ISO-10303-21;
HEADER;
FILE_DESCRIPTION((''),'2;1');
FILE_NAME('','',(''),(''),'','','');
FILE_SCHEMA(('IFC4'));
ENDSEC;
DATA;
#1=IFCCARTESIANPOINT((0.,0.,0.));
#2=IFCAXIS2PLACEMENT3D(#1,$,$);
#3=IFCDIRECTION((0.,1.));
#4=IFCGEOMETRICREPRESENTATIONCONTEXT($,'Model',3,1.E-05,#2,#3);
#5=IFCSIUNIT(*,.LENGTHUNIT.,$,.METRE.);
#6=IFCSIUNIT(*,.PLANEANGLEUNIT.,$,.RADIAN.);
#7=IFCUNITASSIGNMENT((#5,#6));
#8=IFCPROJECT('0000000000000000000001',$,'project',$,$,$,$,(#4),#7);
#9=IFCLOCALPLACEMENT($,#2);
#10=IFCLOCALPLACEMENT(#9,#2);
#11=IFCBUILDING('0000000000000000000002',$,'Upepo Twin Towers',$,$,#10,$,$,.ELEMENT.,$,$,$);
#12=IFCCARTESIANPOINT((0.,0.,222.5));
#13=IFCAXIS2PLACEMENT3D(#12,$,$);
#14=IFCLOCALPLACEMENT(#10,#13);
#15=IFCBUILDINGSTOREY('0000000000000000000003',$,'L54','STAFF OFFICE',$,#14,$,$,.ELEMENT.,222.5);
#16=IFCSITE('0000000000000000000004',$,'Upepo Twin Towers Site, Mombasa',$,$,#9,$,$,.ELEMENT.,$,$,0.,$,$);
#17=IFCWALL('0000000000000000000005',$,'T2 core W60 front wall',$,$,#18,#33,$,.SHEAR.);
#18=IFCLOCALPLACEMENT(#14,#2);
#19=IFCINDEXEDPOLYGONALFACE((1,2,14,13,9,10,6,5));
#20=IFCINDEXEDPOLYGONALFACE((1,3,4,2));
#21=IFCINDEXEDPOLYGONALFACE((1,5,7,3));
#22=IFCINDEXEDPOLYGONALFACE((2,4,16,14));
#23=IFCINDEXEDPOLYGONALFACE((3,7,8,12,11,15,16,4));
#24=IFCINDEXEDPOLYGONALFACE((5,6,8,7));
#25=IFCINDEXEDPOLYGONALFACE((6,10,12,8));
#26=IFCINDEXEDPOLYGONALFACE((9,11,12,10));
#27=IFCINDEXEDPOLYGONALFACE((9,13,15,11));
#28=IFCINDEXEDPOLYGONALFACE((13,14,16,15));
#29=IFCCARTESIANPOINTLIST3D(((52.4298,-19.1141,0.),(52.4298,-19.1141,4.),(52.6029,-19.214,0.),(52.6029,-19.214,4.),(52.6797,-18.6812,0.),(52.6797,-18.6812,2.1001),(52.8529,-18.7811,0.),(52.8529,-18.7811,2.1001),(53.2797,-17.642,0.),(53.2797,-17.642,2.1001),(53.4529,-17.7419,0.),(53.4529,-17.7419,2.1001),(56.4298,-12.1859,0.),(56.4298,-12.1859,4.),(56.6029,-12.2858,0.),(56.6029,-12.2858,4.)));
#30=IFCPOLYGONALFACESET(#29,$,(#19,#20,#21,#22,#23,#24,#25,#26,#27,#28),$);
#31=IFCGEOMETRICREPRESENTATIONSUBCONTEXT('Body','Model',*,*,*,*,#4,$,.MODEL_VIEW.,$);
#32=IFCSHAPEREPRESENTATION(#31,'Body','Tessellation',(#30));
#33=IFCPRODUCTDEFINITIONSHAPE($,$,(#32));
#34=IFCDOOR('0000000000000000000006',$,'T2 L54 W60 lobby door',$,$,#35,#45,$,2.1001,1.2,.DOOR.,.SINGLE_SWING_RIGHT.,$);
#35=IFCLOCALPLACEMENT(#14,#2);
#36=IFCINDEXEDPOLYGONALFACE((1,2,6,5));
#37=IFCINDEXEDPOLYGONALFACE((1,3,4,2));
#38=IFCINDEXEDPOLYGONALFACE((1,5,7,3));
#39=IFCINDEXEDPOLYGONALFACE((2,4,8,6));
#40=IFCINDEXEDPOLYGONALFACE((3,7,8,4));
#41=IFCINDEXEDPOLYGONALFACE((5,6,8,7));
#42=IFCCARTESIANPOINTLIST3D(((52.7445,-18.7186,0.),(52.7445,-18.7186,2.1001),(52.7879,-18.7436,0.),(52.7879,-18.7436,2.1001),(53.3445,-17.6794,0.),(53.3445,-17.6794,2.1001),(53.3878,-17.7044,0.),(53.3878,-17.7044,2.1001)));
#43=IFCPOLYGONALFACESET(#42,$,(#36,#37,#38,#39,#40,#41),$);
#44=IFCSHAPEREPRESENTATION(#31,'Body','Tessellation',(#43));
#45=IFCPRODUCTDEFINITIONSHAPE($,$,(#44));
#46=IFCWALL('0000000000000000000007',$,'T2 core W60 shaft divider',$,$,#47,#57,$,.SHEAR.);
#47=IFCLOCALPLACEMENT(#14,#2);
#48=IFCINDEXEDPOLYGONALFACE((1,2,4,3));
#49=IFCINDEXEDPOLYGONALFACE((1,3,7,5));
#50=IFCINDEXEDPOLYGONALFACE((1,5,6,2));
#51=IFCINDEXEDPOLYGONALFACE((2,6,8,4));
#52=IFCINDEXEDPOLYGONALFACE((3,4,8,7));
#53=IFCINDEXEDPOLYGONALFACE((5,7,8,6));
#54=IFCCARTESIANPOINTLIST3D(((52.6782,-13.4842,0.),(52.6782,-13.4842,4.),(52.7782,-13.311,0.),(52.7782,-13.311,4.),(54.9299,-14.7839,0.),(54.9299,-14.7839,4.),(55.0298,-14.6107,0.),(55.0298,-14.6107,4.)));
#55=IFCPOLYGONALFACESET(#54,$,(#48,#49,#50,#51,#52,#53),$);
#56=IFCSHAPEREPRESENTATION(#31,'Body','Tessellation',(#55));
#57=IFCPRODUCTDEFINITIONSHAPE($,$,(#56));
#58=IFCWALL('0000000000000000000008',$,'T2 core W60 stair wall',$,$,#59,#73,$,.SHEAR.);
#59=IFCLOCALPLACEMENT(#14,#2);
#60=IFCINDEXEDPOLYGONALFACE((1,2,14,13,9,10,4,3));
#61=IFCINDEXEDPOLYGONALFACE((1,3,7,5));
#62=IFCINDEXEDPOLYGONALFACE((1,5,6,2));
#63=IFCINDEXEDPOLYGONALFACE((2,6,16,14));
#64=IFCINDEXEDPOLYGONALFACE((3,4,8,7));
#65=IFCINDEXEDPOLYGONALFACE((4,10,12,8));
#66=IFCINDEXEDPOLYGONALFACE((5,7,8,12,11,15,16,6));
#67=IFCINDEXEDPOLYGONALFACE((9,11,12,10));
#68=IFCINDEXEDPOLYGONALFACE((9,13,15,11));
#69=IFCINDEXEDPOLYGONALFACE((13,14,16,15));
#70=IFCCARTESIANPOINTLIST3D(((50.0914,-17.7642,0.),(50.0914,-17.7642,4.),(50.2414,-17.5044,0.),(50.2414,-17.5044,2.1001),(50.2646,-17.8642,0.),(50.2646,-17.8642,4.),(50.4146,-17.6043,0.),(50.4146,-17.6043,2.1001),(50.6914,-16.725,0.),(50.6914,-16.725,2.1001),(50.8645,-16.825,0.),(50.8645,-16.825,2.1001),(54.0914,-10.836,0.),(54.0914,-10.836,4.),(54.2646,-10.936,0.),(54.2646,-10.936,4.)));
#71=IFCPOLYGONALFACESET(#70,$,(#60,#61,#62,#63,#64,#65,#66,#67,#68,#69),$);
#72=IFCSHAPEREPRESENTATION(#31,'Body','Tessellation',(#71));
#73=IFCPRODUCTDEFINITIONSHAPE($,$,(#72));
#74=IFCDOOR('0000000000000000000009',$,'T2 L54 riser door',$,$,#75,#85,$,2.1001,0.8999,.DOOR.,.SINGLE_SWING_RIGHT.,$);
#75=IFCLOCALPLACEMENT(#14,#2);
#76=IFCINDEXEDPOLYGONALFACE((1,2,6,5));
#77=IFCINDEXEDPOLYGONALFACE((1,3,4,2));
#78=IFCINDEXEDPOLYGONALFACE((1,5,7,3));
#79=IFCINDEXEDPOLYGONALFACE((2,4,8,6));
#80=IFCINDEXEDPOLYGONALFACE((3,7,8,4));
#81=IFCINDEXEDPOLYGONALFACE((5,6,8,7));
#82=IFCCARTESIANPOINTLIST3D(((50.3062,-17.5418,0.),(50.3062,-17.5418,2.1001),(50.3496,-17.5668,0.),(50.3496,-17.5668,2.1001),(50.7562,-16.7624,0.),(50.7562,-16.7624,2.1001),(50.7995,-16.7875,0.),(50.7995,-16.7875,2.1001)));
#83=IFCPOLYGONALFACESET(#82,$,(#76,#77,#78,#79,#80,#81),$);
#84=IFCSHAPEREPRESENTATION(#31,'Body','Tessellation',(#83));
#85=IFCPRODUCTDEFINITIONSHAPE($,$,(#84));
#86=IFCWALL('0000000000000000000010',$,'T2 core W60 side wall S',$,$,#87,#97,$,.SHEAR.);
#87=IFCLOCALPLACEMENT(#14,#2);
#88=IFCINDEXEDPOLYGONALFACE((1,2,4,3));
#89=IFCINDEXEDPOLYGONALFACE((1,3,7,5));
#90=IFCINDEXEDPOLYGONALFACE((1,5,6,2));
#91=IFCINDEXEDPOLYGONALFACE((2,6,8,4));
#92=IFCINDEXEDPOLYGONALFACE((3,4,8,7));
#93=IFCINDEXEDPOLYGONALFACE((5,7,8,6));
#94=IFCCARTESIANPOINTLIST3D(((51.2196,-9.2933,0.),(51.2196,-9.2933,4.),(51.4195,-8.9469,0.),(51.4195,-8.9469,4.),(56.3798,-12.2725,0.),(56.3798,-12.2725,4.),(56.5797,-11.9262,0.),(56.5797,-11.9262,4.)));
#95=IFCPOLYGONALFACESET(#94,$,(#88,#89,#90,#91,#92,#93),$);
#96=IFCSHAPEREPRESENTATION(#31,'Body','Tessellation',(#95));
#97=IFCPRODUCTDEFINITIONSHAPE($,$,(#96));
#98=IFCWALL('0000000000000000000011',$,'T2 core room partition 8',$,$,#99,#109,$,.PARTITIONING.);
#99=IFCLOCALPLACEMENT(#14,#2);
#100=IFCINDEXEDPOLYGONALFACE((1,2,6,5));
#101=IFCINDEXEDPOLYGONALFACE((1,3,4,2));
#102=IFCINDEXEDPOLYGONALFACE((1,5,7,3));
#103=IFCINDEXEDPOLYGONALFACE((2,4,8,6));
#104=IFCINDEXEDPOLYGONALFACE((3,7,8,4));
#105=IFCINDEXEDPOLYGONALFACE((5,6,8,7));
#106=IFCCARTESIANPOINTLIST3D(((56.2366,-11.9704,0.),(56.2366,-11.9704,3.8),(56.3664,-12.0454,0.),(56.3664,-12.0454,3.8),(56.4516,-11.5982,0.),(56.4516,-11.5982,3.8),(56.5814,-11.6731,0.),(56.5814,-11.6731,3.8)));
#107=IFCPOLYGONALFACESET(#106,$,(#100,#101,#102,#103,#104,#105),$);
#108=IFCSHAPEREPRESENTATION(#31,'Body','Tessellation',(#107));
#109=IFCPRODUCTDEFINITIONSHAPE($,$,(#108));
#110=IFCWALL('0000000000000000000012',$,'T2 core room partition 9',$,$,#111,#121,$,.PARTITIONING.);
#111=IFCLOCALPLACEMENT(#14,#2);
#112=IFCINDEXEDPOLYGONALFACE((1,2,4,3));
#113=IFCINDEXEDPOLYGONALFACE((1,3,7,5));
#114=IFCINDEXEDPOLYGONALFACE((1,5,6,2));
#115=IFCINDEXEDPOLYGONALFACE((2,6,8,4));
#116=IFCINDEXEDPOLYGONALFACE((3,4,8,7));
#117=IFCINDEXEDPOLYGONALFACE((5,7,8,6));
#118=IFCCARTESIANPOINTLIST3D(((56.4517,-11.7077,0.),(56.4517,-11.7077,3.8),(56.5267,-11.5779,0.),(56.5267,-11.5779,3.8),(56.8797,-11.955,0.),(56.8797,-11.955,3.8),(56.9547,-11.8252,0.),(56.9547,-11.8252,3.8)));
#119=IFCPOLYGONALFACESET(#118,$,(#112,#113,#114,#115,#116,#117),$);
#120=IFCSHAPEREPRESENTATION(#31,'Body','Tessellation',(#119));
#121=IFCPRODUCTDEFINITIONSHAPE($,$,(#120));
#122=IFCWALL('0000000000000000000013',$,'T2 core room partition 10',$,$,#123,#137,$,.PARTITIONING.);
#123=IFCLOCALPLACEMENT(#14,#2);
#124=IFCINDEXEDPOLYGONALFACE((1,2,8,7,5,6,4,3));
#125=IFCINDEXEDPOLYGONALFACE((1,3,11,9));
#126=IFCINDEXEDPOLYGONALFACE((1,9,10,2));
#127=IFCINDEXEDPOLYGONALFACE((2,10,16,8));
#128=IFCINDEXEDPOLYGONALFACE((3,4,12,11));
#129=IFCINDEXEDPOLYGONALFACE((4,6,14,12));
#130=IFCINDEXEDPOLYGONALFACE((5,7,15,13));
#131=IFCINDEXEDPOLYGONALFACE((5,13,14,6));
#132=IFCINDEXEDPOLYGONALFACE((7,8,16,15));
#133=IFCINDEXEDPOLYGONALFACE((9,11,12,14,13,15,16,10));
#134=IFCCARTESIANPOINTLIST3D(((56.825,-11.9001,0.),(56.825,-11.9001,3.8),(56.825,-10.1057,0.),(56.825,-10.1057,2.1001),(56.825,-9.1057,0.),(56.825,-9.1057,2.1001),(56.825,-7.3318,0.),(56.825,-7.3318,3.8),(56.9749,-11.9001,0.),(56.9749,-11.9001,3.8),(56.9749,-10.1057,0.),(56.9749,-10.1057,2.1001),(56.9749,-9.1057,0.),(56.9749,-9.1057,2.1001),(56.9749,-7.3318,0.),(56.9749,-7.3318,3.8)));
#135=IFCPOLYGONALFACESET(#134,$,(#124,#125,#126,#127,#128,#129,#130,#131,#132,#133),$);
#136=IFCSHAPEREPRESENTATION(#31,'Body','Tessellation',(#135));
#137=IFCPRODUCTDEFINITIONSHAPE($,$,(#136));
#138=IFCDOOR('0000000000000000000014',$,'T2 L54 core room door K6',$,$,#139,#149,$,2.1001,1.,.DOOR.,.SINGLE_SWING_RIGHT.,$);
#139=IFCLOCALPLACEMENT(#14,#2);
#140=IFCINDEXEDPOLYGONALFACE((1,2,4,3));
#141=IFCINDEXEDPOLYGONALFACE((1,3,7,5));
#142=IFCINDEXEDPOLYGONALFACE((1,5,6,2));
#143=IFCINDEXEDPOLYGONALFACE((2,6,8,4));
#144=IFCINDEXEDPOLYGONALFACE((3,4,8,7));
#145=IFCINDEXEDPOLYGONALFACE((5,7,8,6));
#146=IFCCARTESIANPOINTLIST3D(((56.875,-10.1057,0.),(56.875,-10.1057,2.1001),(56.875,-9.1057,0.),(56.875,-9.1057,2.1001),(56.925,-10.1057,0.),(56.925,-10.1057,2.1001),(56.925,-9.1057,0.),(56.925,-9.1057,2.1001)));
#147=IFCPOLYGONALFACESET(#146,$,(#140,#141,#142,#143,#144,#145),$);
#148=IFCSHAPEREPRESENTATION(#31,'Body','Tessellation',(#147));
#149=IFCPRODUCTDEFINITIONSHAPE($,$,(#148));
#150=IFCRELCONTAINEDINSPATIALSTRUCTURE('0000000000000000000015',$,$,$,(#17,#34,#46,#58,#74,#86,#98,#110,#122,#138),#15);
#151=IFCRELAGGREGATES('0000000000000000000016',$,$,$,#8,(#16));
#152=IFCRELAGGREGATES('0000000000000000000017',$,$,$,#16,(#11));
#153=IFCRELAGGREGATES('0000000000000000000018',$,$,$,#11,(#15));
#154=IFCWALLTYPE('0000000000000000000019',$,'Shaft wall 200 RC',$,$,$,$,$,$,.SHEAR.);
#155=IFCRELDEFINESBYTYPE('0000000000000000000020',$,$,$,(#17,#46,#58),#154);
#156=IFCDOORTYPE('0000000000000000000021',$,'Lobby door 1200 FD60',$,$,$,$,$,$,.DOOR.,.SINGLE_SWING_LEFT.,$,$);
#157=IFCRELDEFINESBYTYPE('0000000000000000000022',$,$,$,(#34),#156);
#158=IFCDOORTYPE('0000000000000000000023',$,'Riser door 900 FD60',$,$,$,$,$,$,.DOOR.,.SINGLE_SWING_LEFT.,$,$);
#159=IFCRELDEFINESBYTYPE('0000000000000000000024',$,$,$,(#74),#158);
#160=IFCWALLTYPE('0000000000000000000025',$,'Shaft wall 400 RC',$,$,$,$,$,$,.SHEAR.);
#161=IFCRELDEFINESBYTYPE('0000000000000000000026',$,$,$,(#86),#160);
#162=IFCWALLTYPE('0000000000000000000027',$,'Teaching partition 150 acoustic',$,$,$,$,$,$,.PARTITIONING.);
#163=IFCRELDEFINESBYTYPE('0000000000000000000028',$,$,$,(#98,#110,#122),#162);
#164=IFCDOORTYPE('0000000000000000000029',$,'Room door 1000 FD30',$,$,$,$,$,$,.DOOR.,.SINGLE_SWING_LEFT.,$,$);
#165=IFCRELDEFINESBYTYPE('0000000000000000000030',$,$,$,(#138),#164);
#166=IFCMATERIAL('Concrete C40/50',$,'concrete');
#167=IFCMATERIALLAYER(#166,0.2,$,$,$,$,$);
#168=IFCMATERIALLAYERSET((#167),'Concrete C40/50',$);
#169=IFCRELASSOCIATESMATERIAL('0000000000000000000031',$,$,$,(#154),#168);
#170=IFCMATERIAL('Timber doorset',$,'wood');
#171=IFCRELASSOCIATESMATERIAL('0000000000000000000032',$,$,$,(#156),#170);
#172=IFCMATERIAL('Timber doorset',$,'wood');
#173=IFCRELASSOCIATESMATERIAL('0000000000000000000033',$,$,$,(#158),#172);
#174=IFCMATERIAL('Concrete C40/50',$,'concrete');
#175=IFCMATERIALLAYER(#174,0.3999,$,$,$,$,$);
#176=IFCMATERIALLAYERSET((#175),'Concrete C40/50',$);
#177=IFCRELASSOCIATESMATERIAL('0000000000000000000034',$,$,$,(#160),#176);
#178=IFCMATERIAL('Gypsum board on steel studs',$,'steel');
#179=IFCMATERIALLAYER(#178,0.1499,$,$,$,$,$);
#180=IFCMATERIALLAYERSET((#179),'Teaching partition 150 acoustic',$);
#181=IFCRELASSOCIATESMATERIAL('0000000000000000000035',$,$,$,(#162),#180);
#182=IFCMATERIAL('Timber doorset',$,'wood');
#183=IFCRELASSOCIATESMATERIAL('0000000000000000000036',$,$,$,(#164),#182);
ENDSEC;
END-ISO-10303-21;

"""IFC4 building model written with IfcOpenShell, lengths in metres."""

from ifc_helpers import new_model, si_unit, direction, frame, frame_2d, origin, place, context, subcontext, project, spatial, rectangle, extrude, material, layer, layer_set, type_object, element, fill, save


model = new_model("IFC4")

# Units and contexts
model_context = context("Model", 3, precision=1e-05, world=origin(), true_north=direction((0.0, 1.0)))
body_context = subcontext(model_context, "Body", "Model", "MODEL_VIEW")
ifc_project = project(units=[si_unit("LENGTHUNIT", "METRE"), si_unit("PLANEANGLEUNIT", "RADIAN")], contexts=[model_context])

# Site, building, storey
site_placement = place(None, origin())
site = spatial("IfcSite", under=ifc_project, at=site_placement, Name="Upepo Twin Towers Site, Mombasa", CompositionType="ELEMENT", RefElevation=0.0)
building_placement = place(site_placement, origin())
building = spatial("IfcBuilding", under=site, at=building_placement, Name="Upepo Twin Towers", CompositionType="ELEMENT")
storey_placement = place(building_placement, frame((0.0, 0.0, 222.5)))
storey = spatial("IfcBuildingStorey", under=building, at=storey_placement, Name="L54", Description="STAFF OFFICE", CompositionType="ELEMENT", Elevation=222.5)

# Wall, opening, door
ifc_material_1 = material(Name="Concrete C40/50", Category="concrete")
ifc_layer_1 = layer(ifc_material_1, 0.2)
ifc_layer_set_1 = layer_set([ifc_layer_1], Name="Concrete C40/50")
wall_type_1 = type_object("IfcWallType", Name="Shaft wall 200 RC", PredefinedType="SHEAR", material=ifc_layer_set_1)
wall_1_placement = place(storey_placement, frame((56.5164, -12.2358, 0.0), z_axis=(0.0, 0.0, 1.0), x_axis=(-0.499999, -0.866026, 0.0)))
wall_1 = element("IfcWall", 1, at=wall_1_placement, inside=storey, type_object=wall_type_1, Name="T2 core W60 front wall", PredefinedType="SHEAR", context=body_context, shape_type="SweptSolid", body=[
    extrude(rectangle(XDim=8.0, YDim=0.2, at=frame_2d((4.0, 0.0))), origin(), (0.0, 0.0, 1.0), 4.0),
])
opening_1_placement = place(wall_1_placement, frame((6.3, 0.0, 0.0)))
opening_1 = element("IfcOpeningElement", 2, at=opening_1_placement, cuts=wall_1, PredefinedType="OPENING", context=body_context, shape_type="SweptSolid", body=[
    extrude(rectangle(XDim=1.2, YDim=2.1001, at=frame_2d((0.6001, 1.05))), frame((0.0, 0.1099, 0.0), z_axis=(0.0, -1.0, 0.0), x_axis=(1.0, 0.0, 0.0)), (0.0, 0.0, 1.0), 0.22),
])
ifc_material_2 = material(Name="Timber doorset", Category="wood")
door_type_1 = type_object("IfcDoorType", Name="Lobby door 1200 FD60", OperationType="SINGLE_SWING_LEFT", PredefinedType="DOOR", material=ifc_material_2)
door_1_placement = place(opening_1_placement, origin())
door_1 = element("IfcDoor", 3, at=door_1_placement, inside=storey, type_object=door_type_1, Name="T2 L54 W60 lobby door", OperationType="SINGLE_SWING_RIGHT", OverallHeight=2.1001, OverallWidth=1.2, PredefinedType="DOOR", context=body_context, shape_type="SweptSolid", body=[
    extrude(rectangle(XDim=1.2, YDim=2.1001, at=frame_2d((0.6001, 1.05))), frame((0.0, 0.0249, 0.0), z_axis=(0.0, -1.0, 0.0), x_axis=(1.0, 0.0, 0.0)), (0.0, 0.0, 1.0), 0.05),
])
fill(opening_1, door_1)

# Wall
wall_2_placement = place(storey_placement, frame((54.9797, -14.6973, 0.0), z_axis=(0.0, 0.0, 1.0), x_axis=(-0.866062, 0.499937, 0.0)))
element("IfcWall", 4, at=wall_2_placement, inside=storey, type_object=wall_type_1, Name="T2 core W60 shaft divider", PredefinedType="SHEAR", context=body_context, shape_type="SweptSolid", body=[
    extrude(rectangle(XDim=2.5999, YDim=0.2, at=frame_2d((1.2998, 0.0))), origin(), (0.0, 0.0, 1.0), 4.0),
])

# Wall, opening, door
wall_3_placement = place(storey_placement, frame((54.178, -10.886, 0.0), z_axis=(0.0, 0.0, 1.0), x_axis=(-0.499999, -0.866026, 0.0)))
wall_3 = element("IfcWall", 5, at=wall_3_placement, inside=storey, type_object=wall_type_1, Name="T2 core W60 stair wall", PredefinedType="SHEAR", context=body_context, shape_type="SweptSolid", body=[
    extrude(rectangle(XDim=8.0, YDim=0.2, at=frame_2d((4.0, 0.0))), origin(), (0.0, 0.0, 1.0), 4.0),
])
opening_2_placement = place(wall_3_placement, frame((6.8, 0.0, 0.0)))
opening_2 = element("IfcOpeningElement", 6, at=opening_2_placement, cuts=wall_3, PredefinedType="OPENING", context=body_context, shape_type="SweptSolid", body=[
    extrude(rectangle(XDim=0.8999, YDim=2.1001, at=frame_2d((0.45, 1.05))), frame((0.0, 0.1099, 0.0), z_axis=(0.0, -1.0, 0.0), x_axis=(1.0, 0.0, 0.0)), (0.0, 0.0, 1.0), 0.22),
])
ifc_material_3 = material(Name="Timber doorset", Category="wood")
door_type_2 = type_object("IfcDoorType", Name="Riser door 900 FD60", OperationType="SINGLE_SWING_LEFT", PredefinedType="DOOR", material=ifc_material_3)
door_2_placement = place(opening_2_placement, origin())
door_2 = element("IfcDoor", 7, at=door_2_placement, inside=storey, type_object=door_type_2, Name="T2 L54 riser door", OperationType="SINGLE_SWING_RIGHT", OverallHeight=2.1001, OverallWidth=0.8999, PredefinedType="DOOR", context=body_context, shape_type="SweptSolid", body=[
    extrude(rectangle(XDim=0.8999, YDim=2.1001, at=frame_2d((0.45, 1.05))), frame((0.0, 0.0249, 0.0), z_axis=(0.0, -1.0, 0.0), x_axis=(1.0, 0.0, 0.0)), (0.0, 0.0, 1.0), 0.05),
])
fill(opening_2, door_2)

# Walls
ifc_material_4 = material(Name="Concrete C40/50", Category="concrete")
ifc_layer_2 = layer(ifc_material_4, 0.3999)
ifc_layer_set_2 = layer_set([ifc_layer_2], Name="Concrete C40/50")
wall_type_2 = type_object("IfcWallType", Name="Shaft wall 400 RC", PredefinedType="SHEAR", material=ifc_layer_set_2)
wall_4_placement = place(storey_placement, frame((56.4797, -12.0994, 0.0), z_axis=(0.0, 0.0, 1.0), x_axis=(-0.866023, 0.500004, 0.0)))
element("IfcWall", 8, at=wall_4_placement, inside=storey, type_object=wall_type_2, Name="T2 core W60 side wall S", PredefinedType="SHEAR", context=body_context, shape_type="SweptSolid", body=[
    extrude(rectangle(XDim=5.9585, YDim=0.3999, at=frame_2d((2.9792, 0.0))), origin(), (0.0, 0.0, 1.0), 4.0),
])
ifc_material_5 = material(Name="Gypsum board on steel studs", Category="steel")
ifc_layer_3 = layer(ifc_material_5, 0.1499)
ifc_layer_set_3 = layer_set([ifc_layer_3], Name="Teaching partition 150 acoustic")
wall_type_3 = type_object("IfcWallType", Name="Teaching partition 150 acoustic", PredefinedType="PARTITIONING", material=ifc_layer_set_3)
wall_5_placement = place(storey_placement, frame((56.3015, -12.0078, 0.0), z_axis=(0.0, 0.0, 1.0), x_axis=(0.50023, 0.865892, 0.0)))
element("IfcWall", 9, at=wall_5_placement, inside=storey, type_object=wall_type_3, Name="T2 core room partition 8", PredefinedType="PARTITIONING", context=body_context, shape_type="SweptSolid", body=[
    extrude(rectangle(XDim=0.4299, YDim=0.1499, at=frame_2d((0.2148, 0.0))), origin(), (0.0, 0.0, 1.0), 3.8),
])
wall_6_placement = place(storey_placement, frame((56.4893, -11.6428, 0.0), z_axis=(0.0, 0.0, 1.0), x_axis=(0.865832, -0.500335, 0.0)))
element("IfcWall", 10, at=wall_6_placement, inside=storey, type_object=wall_type_3, Name="T2 core room partition 9", PredefinedType="PARTITIONING", context=body_context, shape_type="SweptSolid", body=[
    extrude(rectangle(XDim=0.4944, YDim=0.1499, at=frame_2d((0.2471, 0.0))), origin(), (0.0, 0.0, 1.0), 3.8),
])

# Wall, opening, door
wall_7_placement = place(storey_placement, frame((56.8999, -11.9001, 0.0), z_axis=(0.0, 0.0, 1.0), x_axis=(0.0, 1.0, 0.0)))
wall_7 = element("IfcWall", 11, at=wall_7_placement, inside=storey, type_object=wall_type_3, Name="T2 core room partition 10", PredefinedType="PARTITIONING", context=body_context, shape_type="SweptSolid", body=[
    extrude(rectangle(XDim=4.5684, YDim=0.1499, at=frame_2d((2.2842, 0.0))), origin(), (0.0, 0.0, 1.0), 3.8),
])
opening_3_placement = place(wall_7_placement, frame((1.7944, 0.0, 0.0)))
opening_3 = element("IfcOpeningElement", 12, at=opening_3_placement, cuts=wall_7, PredefinedType="OPENING", context=body_context, shape_type="SweptSolid", body=[
    extrude(rectangle(XDim=1.0, YDim=2.1001, at=frame_2d((0.5, 1.05))), frame((0.0, 0.085, 0.0), z_axis=(0.0, -1.0, 0.0), x_axis=(1.0, 0.0, 0.0)), (0.0, 0.0, 1.0), 0.1699),
])
ifc_material_6 = material(Name="Timber doorset", Category="wood")
door_type_3 = type_object("IfcDoorType", Name="Room door 1000 FD30", OperationType="SINGLE_SWING_LEFT", PredefinedType="DOOR", material=ifc_material_6)
door_3_placement = place(opening_3_placement, origin())
door_3 = element("IfcDoor", 13, at=door_3_placement, inside=storey, type_object=door_type_3, Name="T2 L54 core room door K6", OperationType="SINGLE_SWING_RIGHT", OverallHeight=2.1001, OverallWidth=1.0, PredefinedType="DOOR", context=body_context, shape_type="SweptSolid", body=[
    extrude(rectangle(XDim=1.0, YDim=2.1001, at=frame_2d((0.5, 1.05))), frame((0.0, 0.0249, 0.0), z_axis=(0.0, -1.0, 0.0), x_axis=(1.0, 0.0, 0.0)), (0.0, 0.0, 1.0), 0.05),
])
fill(opening_3, door_3)

save(model, "model.ifc")
